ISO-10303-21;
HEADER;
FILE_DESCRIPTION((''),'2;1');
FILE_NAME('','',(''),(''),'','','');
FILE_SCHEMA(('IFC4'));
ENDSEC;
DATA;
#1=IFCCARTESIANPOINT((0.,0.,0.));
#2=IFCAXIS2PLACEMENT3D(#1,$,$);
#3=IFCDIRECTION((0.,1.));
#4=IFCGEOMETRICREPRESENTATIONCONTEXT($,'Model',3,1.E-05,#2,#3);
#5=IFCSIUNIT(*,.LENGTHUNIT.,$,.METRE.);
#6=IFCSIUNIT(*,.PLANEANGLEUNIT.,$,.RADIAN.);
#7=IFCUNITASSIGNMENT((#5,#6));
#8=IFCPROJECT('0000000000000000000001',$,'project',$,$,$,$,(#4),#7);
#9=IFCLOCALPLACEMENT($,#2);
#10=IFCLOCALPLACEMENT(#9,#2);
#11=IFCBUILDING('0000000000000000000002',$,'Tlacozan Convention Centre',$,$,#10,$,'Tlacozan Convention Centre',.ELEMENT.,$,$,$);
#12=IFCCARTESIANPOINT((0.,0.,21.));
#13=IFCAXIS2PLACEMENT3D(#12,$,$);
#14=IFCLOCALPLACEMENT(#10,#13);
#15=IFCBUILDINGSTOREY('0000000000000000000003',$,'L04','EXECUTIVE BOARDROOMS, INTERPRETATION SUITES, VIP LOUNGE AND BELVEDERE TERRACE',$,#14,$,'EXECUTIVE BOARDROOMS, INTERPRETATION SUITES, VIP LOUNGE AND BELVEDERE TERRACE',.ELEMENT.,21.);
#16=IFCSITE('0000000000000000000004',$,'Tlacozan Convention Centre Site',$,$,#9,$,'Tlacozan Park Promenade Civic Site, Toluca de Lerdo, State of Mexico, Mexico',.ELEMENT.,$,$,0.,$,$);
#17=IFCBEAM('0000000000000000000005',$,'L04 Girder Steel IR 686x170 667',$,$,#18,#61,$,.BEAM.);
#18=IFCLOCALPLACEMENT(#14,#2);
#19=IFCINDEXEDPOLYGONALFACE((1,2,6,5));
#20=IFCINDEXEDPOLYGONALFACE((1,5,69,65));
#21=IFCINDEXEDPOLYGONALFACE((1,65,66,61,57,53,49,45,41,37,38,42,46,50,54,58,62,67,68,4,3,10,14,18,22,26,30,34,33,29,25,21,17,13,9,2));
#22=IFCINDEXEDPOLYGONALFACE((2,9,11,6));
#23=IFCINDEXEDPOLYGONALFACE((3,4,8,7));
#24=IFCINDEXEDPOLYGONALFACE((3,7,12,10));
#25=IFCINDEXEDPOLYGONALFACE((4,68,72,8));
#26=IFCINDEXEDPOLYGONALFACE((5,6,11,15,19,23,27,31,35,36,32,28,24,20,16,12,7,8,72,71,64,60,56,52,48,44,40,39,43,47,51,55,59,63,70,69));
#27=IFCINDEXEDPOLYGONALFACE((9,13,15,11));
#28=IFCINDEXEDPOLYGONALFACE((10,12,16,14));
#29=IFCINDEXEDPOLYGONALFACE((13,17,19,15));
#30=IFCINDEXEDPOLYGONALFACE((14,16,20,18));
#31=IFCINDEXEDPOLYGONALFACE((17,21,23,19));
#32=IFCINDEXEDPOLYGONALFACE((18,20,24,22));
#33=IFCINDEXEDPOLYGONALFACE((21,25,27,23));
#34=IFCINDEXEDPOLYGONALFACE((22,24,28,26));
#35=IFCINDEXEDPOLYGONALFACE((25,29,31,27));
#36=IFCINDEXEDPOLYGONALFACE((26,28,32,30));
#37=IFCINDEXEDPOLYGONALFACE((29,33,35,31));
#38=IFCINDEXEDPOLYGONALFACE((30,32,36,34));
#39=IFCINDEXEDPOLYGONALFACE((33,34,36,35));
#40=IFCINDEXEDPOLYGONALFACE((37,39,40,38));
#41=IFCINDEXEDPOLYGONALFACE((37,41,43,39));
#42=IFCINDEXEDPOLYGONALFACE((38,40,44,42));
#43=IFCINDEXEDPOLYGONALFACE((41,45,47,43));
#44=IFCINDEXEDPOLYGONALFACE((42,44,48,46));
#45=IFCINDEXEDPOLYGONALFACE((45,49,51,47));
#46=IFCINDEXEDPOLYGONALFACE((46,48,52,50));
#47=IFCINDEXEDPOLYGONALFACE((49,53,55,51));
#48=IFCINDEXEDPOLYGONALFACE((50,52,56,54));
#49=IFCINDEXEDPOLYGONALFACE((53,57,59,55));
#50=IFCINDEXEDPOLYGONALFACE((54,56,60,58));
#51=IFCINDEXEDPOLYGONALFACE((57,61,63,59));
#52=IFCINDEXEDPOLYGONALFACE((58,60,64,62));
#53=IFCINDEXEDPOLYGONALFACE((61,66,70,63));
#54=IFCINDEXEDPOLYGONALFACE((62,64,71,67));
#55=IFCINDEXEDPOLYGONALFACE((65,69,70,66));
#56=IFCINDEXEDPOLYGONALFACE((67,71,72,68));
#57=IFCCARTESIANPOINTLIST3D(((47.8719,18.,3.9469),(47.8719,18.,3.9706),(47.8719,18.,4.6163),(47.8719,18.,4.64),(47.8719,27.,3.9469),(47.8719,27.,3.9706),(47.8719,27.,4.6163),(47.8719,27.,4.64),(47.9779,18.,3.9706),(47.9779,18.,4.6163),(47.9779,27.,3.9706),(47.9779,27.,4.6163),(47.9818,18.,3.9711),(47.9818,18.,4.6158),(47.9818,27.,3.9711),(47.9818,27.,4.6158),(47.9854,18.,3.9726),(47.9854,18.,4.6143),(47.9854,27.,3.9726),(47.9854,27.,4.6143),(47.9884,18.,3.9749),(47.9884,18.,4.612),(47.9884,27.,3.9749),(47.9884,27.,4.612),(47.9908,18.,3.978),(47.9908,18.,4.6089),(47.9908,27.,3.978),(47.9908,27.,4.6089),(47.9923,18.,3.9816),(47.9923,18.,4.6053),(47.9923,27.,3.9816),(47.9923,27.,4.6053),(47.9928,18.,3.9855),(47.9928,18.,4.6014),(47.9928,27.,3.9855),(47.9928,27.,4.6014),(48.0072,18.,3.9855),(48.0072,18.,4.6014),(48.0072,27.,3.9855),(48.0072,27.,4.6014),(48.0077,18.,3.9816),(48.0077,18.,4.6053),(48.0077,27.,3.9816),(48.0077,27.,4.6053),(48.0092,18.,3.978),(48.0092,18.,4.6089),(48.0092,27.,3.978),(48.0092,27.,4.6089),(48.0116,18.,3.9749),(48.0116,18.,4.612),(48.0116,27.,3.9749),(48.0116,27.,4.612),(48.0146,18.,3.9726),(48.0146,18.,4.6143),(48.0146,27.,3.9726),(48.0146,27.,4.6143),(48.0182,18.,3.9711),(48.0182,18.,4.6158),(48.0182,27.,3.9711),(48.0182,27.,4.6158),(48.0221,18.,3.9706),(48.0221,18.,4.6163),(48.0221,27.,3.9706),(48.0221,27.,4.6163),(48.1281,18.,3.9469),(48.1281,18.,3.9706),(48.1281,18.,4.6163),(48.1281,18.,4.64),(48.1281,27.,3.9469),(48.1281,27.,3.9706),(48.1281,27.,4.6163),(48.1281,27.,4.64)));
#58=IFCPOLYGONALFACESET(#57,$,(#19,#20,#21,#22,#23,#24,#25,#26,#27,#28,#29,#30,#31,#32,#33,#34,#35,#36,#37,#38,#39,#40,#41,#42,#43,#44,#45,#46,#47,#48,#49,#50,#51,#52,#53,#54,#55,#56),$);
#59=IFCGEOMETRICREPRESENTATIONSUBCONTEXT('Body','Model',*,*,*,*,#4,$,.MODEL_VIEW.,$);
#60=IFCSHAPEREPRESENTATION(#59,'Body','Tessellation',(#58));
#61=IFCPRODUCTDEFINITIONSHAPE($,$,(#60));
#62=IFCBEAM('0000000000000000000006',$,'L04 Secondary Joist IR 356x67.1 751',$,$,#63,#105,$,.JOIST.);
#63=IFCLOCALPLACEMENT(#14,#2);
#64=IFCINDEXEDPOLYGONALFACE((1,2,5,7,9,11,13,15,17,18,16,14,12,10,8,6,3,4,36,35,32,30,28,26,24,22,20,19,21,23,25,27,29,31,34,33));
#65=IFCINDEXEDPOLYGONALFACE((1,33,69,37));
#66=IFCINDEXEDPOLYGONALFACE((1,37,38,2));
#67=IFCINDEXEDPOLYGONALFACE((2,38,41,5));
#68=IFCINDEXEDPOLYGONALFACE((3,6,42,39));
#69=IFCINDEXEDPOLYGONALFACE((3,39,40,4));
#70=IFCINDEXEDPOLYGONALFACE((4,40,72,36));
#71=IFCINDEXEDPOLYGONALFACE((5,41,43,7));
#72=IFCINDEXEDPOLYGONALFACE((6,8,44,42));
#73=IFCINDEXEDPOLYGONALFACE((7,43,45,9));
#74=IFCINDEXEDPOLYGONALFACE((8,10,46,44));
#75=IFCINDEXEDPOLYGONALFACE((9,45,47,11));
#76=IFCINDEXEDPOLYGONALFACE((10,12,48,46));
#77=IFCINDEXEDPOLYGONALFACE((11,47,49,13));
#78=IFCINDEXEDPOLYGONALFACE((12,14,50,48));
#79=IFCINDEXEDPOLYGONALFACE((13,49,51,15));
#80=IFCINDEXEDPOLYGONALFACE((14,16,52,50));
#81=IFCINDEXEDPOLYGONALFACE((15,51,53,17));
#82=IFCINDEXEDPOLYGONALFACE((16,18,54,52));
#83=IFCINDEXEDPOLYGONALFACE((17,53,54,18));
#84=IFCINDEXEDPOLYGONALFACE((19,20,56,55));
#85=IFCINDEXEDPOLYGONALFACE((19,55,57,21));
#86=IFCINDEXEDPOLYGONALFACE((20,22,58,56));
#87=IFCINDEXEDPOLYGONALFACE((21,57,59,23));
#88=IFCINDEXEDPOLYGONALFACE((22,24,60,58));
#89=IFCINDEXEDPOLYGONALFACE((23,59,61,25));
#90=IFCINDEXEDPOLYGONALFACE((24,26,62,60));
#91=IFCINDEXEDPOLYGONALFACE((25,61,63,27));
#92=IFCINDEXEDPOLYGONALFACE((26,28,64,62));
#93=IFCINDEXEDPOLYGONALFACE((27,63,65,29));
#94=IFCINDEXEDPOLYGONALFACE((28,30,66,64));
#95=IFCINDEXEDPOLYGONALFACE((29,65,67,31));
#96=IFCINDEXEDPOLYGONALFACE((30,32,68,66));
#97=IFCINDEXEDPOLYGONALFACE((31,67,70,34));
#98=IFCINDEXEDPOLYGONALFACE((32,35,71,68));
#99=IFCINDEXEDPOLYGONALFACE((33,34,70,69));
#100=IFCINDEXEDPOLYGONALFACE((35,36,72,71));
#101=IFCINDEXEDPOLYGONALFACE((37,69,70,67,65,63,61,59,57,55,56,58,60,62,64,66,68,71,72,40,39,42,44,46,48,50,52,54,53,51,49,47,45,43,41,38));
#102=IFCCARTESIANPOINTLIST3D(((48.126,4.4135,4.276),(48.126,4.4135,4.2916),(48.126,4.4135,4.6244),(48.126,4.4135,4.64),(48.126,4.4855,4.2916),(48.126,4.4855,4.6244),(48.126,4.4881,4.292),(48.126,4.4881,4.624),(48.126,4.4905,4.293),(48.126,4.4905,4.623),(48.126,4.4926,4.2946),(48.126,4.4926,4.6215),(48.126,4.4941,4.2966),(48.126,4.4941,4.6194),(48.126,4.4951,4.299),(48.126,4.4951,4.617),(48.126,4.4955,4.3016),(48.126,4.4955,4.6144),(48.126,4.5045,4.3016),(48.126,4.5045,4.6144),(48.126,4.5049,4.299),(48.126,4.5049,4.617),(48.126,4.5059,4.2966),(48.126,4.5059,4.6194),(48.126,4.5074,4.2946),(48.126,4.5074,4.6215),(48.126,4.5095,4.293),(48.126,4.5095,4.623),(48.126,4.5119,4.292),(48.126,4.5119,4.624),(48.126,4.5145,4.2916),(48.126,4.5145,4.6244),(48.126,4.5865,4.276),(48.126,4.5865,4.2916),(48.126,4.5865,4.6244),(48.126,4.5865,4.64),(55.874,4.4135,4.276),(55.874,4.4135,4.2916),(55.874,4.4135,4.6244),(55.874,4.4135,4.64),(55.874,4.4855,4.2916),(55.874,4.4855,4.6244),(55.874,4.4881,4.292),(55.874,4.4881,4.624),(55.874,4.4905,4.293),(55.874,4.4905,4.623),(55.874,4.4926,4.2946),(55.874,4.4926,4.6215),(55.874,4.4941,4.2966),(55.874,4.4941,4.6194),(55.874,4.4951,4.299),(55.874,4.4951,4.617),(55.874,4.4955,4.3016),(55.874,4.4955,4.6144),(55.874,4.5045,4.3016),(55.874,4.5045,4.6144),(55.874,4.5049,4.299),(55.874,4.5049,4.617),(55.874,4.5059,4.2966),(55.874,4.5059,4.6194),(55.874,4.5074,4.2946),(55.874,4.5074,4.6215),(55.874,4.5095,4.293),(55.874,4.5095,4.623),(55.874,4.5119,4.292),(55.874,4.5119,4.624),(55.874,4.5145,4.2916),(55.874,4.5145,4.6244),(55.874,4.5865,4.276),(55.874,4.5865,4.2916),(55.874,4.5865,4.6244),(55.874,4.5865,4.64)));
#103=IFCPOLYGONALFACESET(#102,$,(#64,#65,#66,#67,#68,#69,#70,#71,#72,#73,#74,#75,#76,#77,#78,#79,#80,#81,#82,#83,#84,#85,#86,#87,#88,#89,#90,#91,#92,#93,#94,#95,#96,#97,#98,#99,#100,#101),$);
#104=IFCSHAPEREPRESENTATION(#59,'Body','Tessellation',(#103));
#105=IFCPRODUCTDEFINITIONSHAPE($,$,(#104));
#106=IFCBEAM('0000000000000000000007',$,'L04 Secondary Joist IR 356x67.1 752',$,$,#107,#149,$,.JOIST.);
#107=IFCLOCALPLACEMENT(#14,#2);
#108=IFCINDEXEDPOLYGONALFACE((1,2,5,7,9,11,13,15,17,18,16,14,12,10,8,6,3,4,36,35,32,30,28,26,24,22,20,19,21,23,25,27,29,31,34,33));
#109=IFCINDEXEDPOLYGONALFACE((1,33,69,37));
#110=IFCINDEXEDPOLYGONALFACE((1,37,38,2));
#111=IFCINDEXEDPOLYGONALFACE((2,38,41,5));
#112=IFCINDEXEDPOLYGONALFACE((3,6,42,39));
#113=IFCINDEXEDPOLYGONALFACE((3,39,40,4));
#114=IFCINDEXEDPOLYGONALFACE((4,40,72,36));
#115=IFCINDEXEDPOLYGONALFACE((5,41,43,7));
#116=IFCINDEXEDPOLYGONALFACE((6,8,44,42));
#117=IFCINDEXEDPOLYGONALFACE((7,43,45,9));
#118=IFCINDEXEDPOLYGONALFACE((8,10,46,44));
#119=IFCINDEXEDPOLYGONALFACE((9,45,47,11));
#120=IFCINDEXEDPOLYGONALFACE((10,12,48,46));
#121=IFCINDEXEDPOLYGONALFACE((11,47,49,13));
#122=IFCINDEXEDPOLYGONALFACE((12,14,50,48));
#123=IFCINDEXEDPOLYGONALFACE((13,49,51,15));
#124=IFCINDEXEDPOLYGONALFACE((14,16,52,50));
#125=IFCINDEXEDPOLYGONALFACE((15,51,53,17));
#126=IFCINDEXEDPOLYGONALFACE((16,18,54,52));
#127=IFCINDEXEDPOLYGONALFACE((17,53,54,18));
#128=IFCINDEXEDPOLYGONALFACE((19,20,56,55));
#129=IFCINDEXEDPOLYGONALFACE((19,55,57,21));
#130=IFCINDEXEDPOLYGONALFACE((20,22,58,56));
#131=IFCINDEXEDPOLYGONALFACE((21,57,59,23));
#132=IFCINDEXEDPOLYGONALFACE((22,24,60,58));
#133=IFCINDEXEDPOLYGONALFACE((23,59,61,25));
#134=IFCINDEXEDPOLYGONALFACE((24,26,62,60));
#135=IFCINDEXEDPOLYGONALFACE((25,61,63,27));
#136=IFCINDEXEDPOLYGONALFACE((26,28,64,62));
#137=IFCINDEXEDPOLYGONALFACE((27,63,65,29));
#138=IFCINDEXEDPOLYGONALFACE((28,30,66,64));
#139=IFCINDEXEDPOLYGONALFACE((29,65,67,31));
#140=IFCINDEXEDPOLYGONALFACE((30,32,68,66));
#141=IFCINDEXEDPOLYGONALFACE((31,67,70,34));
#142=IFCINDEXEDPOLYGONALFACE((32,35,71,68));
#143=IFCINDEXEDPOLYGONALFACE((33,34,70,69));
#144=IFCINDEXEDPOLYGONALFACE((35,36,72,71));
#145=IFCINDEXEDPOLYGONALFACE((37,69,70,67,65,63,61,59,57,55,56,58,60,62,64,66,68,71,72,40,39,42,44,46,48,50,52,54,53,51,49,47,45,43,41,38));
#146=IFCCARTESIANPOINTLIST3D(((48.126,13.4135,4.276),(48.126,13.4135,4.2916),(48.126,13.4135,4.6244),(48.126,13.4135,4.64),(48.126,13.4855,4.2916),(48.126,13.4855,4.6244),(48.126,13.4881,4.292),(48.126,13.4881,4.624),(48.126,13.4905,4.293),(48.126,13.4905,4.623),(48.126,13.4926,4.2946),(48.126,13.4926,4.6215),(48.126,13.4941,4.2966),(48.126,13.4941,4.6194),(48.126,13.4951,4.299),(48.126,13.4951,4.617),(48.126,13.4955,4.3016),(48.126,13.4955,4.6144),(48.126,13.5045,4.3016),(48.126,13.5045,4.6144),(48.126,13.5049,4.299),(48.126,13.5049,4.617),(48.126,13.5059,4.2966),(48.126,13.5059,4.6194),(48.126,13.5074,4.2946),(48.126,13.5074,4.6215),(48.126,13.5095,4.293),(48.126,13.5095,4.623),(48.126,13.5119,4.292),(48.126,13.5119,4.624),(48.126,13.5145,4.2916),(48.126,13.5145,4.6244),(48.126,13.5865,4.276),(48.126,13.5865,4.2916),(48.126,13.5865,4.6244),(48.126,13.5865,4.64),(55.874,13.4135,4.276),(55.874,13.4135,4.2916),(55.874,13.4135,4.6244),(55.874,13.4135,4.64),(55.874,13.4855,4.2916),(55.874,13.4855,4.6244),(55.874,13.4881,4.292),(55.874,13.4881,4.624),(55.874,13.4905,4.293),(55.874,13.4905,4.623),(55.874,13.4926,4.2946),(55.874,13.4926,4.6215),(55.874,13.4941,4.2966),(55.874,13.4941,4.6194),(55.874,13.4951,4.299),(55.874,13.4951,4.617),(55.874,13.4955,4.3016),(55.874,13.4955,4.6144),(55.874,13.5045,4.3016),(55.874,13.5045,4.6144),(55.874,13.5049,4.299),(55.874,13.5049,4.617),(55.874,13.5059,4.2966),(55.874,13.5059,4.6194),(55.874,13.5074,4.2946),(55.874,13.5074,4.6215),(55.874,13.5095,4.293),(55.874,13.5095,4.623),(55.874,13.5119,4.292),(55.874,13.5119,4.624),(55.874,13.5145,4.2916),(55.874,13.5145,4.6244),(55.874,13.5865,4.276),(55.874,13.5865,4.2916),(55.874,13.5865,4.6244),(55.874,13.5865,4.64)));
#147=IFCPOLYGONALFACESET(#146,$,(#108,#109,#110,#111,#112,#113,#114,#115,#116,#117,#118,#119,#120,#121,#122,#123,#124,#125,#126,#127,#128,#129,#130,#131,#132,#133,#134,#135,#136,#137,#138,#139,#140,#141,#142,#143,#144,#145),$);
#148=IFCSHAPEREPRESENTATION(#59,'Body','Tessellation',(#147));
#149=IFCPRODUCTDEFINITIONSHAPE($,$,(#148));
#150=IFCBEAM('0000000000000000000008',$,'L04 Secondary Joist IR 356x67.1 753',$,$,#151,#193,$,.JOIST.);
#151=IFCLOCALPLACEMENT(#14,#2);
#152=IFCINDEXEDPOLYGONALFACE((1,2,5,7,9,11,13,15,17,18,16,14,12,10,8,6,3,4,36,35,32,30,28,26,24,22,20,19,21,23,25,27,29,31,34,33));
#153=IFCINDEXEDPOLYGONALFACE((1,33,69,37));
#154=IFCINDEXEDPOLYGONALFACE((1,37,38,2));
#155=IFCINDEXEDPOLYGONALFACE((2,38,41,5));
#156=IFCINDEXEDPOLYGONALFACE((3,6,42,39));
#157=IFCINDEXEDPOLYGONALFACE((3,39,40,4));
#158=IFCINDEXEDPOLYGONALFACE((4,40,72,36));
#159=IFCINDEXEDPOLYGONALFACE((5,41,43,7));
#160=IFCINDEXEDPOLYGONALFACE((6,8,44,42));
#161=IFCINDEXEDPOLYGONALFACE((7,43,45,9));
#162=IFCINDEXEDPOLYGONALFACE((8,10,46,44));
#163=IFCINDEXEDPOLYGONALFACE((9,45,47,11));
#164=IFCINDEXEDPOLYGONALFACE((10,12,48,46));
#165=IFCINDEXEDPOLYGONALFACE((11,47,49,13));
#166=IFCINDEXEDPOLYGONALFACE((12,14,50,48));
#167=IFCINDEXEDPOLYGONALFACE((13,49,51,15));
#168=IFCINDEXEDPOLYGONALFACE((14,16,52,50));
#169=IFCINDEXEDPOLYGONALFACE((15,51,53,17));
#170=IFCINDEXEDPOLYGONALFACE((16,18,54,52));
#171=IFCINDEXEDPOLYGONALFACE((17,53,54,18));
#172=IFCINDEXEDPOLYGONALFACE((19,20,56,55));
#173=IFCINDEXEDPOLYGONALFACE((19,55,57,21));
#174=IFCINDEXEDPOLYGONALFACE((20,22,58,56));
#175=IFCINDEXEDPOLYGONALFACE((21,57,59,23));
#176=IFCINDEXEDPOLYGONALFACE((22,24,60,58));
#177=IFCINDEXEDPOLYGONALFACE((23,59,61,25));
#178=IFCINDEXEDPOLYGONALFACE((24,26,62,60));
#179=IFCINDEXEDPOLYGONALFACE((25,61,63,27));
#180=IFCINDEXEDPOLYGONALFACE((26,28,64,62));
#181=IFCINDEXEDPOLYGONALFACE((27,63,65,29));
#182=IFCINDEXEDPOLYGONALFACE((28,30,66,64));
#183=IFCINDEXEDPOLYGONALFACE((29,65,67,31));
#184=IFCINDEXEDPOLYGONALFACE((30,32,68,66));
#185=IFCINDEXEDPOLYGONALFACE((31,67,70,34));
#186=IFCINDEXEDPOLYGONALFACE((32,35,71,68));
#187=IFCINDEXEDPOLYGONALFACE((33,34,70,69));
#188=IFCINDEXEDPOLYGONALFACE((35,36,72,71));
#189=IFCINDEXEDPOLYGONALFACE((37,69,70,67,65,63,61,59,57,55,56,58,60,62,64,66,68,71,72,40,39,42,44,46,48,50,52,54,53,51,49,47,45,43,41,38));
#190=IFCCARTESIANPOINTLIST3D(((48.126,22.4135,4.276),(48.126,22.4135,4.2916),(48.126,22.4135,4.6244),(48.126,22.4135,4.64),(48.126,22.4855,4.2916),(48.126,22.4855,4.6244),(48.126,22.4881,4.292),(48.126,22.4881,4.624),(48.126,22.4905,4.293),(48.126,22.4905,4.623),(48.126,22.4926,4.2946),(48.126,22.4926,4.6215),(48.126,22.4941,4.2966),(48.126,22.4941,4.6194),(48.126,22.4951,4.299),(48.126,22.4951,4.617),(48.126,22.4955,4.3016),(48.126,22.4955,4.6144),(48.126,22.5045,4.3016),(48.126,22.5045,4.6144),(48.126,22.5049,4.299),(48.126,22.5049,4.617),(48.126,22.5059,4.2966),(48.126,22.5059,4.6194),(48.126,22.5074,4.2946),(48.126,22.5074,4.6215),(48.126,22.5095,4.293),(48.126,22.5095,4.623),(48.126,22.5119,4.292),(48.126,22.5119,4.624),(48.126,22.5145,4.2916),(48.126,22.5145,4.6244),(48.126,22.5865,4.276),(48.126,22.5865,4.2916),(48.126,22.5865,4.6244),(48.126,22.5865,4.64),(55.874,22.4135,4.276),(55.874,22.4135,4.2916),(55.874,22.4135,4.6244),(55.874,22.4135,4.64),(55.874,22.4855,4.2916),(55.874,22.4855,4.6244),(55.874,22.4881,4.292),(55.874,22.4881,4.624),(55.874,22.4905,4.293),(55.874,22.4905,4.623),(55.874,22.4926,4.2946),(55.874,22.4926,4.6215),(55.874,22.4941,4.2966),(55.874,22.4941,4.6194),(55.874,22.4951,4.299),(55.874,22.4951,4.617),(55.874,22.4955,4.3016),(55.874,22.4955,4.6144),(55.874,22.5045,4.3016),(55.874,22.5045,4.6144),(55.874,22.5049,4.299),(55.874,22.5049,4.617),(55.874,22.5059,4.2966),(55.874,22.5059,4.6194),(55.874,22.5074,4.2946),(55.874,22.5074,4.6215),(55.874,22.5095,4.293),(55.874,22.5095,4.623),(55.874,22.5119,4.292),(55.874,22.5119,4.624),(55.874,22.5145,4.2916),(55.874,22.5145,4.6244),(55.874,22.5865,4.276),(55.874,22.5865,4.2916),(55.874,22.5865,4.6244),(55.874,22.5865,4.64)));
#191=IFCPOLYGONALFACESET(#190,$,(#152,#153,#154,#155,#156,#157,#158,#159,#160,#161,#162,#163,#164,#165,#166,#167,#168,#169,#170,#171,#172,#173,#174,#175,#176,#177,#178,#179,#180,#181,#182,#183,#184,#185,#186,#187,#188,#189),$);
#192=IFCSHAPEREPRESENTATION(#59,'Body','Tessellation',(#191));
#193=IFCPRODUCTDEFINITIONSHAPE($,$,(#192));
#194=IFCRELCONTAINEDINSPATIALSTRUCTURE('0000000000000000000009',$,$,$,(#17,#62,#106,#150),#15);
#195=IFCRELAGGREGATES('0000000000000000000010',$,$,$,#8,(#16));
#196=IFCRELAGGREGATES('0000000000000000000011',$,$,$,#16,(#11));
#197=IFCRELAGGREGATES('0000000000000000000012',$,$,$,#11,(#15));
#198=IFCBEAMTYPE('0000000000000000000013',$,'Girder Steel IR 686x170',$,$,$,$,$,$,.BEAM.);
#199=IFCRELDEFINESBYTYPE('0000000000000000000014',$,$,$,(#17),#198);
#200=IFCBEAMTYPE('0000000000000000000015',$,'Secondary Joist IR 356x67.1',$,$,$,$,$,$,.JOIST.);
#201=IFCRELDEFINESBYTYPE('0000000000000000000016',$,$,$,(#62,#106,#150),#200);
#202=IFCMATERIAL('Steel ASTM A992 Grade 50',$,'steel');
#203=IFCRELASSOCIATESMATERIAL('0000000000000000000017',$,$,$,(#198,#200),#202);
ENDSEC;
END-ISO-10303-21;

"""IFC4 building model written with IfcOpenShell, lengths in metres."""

from ifc_helpers import new_model, si_unit, direction, frame, origin, origin_2d, place, context, subcontext, project, spatial, i_section, extrude, material, material_profile, profile_set, type_object, element, save


model = new_model("IFC4")

# Units and contexts
model_context = context("Model", 3, precision=1e-05, world=origin(), true_north=direction((0.0, 1.0)))
body_context = subcontext(model_context, "Body", "Model", "MODEL_VIEW")
ifc_project = project(units=[si_unit("LENGTHUNIT", "METRE"), si_unit("PLANEANGLEUNIT", "RADIAN")], contexts=[model_context])

# Site, building, storey
site_placement = place(None, origin())
site = spatial("IfcSite", under=ifc_project, at=site_placement, Name="Tlacozan Convention Centre Site", LongName="Tlacozan Park Promenade Civic Site, Toluca de Lerdo, State of Mexico, Mexico", CompositionType="ELEMENT", RefElevation=0.0)
building_placement = place(site_placement, origin())
building = spatial("IfcBuilding", under=site, at=building_placement, Name="Tlacozan Convention Centre", LongName="Tlacozan Convention Centre", CompositionType="ELEMENT")
storey_placement = place(building_placement, frame((0.0, 0.0, 21.0)))
storey = spatial("IfcBuildingStorey", under=building, at=storey_placement, Name="L04", Description="EXECUTIVE BOARDROOMS, INTERPRETATION SUITES, VIP LOUNGE AND BELVEDERE TERRACE", LongName="EXECUTIVE BOARDROOMS, INTERPRETATION SUITES, VIP LOUNGE AND BELVEDERE TERRACE", CompositionType="ELEMENT", Elevation=21.0)

# Beams
ifc_material_1 = material(Name="Steel ASTM A992 Grade 50", Category="steel")
ifc_material_profile_1 = material_profile(ifc_material_1, i_section(OverallWidth=0.2561, OverallDepth=0.6931, WebThickness=0.0144, FlangeThickness=0.0237, FilletRadius=0.0149, at=origin_2d()), Name="IR 686x170.0")
ifc_profile_set_1 = profile_set([ifc_material_profile_1], Name="Steel ASTM A992 Grade 50")
beam_type_1 = type_object("IfcBeamType", Name="Girder Steel IR 686x170", PredefinedType="BEAM", material=ifc_profile_set_1)
for number, where, z_axis, x_axis, name in (
    (1, (48.0, 18.0, 4.2935), (0.0, 1.0, 0.0), (-1.0, 0.0, 0.0), "L04 Girder Steel IR 686x170 667"),
):
    element("IfcBeam", number, at=place(storey_placement, frame(where, z_axis=z_axis, x_axis=x_axis)), inside=storey, type_object=beam_type_1, Name=name, PredefinedType="BEAM", context=body_context, shape_type="SweptSolid", body=[
        extrude(i_section(OverallWidth=0.2561, OverallDepth=0.6931, WebThickness=0.0144, FlangeThickness=0.0237, FilletRadius=0.0149, at=origin_2d()), origin(), (0.0, 0.0, 1.0), 9.0),
    ])
ifc_material_profile_2 = material_profile(ifc_material_1, i_section(OverallWidth=0.1731, OverallDepth=0.364, WebThickness=0.009, FlangeThickness=0.0156, FilletRadius=0.01, at=origin_2d()), Name="IR 356x67.1")
ifc_profile_set_2 = profile_set([ifc_material_profile_2], Name="Steel ASTM A992 Grade 50")
beam_type_2 = type_object("IfcBeamType", Name="Secondary Joist IR 356x67.1", PredefinedType="JOIST", material=ifc_profile_set_2)
for number, where, z_axis, x_axis, name in (
    (2, (48.126, 4.5, 4.458), (1.0, 0.0, 0.0), (0.0, 1.0, 0.0), "L04 Secondary Joist IR 356x67.1 751"),
    (3, (48.126, 13.5, 4.458), (1.0, 0.0, 0.0), (0.0, 1.0, 0.0), "L04 Secondary Joist IR 356x67.1 752"),
    (4, (48.126, 22.5, 4.458), (1.0, 0.0, 0.0), (0.0, 1.0, 0.0), "L04 Secondary Joist IR 356x67.1 753"),
):
    element("IfcBeam", number, at=place(storey_placement, frame(where, z_axis=z_axis, x_axis=x_axis)), inside=storey, type_object=beam_type_2, Name=name, PredefinedType="JOIST", context=body_context, shape_type="SweptSolid", body=[
        extrude(i_section(OverallWidth=0.1731, OverallDepth=0.364, WebThickness=0.009, FlangeThickness=0.0156, FilletRadius=0.01, at=origin_2d()), origin(), (0.0, 0.0, 1.0), 7.748),
    ])

save(model, "model.ifc")
